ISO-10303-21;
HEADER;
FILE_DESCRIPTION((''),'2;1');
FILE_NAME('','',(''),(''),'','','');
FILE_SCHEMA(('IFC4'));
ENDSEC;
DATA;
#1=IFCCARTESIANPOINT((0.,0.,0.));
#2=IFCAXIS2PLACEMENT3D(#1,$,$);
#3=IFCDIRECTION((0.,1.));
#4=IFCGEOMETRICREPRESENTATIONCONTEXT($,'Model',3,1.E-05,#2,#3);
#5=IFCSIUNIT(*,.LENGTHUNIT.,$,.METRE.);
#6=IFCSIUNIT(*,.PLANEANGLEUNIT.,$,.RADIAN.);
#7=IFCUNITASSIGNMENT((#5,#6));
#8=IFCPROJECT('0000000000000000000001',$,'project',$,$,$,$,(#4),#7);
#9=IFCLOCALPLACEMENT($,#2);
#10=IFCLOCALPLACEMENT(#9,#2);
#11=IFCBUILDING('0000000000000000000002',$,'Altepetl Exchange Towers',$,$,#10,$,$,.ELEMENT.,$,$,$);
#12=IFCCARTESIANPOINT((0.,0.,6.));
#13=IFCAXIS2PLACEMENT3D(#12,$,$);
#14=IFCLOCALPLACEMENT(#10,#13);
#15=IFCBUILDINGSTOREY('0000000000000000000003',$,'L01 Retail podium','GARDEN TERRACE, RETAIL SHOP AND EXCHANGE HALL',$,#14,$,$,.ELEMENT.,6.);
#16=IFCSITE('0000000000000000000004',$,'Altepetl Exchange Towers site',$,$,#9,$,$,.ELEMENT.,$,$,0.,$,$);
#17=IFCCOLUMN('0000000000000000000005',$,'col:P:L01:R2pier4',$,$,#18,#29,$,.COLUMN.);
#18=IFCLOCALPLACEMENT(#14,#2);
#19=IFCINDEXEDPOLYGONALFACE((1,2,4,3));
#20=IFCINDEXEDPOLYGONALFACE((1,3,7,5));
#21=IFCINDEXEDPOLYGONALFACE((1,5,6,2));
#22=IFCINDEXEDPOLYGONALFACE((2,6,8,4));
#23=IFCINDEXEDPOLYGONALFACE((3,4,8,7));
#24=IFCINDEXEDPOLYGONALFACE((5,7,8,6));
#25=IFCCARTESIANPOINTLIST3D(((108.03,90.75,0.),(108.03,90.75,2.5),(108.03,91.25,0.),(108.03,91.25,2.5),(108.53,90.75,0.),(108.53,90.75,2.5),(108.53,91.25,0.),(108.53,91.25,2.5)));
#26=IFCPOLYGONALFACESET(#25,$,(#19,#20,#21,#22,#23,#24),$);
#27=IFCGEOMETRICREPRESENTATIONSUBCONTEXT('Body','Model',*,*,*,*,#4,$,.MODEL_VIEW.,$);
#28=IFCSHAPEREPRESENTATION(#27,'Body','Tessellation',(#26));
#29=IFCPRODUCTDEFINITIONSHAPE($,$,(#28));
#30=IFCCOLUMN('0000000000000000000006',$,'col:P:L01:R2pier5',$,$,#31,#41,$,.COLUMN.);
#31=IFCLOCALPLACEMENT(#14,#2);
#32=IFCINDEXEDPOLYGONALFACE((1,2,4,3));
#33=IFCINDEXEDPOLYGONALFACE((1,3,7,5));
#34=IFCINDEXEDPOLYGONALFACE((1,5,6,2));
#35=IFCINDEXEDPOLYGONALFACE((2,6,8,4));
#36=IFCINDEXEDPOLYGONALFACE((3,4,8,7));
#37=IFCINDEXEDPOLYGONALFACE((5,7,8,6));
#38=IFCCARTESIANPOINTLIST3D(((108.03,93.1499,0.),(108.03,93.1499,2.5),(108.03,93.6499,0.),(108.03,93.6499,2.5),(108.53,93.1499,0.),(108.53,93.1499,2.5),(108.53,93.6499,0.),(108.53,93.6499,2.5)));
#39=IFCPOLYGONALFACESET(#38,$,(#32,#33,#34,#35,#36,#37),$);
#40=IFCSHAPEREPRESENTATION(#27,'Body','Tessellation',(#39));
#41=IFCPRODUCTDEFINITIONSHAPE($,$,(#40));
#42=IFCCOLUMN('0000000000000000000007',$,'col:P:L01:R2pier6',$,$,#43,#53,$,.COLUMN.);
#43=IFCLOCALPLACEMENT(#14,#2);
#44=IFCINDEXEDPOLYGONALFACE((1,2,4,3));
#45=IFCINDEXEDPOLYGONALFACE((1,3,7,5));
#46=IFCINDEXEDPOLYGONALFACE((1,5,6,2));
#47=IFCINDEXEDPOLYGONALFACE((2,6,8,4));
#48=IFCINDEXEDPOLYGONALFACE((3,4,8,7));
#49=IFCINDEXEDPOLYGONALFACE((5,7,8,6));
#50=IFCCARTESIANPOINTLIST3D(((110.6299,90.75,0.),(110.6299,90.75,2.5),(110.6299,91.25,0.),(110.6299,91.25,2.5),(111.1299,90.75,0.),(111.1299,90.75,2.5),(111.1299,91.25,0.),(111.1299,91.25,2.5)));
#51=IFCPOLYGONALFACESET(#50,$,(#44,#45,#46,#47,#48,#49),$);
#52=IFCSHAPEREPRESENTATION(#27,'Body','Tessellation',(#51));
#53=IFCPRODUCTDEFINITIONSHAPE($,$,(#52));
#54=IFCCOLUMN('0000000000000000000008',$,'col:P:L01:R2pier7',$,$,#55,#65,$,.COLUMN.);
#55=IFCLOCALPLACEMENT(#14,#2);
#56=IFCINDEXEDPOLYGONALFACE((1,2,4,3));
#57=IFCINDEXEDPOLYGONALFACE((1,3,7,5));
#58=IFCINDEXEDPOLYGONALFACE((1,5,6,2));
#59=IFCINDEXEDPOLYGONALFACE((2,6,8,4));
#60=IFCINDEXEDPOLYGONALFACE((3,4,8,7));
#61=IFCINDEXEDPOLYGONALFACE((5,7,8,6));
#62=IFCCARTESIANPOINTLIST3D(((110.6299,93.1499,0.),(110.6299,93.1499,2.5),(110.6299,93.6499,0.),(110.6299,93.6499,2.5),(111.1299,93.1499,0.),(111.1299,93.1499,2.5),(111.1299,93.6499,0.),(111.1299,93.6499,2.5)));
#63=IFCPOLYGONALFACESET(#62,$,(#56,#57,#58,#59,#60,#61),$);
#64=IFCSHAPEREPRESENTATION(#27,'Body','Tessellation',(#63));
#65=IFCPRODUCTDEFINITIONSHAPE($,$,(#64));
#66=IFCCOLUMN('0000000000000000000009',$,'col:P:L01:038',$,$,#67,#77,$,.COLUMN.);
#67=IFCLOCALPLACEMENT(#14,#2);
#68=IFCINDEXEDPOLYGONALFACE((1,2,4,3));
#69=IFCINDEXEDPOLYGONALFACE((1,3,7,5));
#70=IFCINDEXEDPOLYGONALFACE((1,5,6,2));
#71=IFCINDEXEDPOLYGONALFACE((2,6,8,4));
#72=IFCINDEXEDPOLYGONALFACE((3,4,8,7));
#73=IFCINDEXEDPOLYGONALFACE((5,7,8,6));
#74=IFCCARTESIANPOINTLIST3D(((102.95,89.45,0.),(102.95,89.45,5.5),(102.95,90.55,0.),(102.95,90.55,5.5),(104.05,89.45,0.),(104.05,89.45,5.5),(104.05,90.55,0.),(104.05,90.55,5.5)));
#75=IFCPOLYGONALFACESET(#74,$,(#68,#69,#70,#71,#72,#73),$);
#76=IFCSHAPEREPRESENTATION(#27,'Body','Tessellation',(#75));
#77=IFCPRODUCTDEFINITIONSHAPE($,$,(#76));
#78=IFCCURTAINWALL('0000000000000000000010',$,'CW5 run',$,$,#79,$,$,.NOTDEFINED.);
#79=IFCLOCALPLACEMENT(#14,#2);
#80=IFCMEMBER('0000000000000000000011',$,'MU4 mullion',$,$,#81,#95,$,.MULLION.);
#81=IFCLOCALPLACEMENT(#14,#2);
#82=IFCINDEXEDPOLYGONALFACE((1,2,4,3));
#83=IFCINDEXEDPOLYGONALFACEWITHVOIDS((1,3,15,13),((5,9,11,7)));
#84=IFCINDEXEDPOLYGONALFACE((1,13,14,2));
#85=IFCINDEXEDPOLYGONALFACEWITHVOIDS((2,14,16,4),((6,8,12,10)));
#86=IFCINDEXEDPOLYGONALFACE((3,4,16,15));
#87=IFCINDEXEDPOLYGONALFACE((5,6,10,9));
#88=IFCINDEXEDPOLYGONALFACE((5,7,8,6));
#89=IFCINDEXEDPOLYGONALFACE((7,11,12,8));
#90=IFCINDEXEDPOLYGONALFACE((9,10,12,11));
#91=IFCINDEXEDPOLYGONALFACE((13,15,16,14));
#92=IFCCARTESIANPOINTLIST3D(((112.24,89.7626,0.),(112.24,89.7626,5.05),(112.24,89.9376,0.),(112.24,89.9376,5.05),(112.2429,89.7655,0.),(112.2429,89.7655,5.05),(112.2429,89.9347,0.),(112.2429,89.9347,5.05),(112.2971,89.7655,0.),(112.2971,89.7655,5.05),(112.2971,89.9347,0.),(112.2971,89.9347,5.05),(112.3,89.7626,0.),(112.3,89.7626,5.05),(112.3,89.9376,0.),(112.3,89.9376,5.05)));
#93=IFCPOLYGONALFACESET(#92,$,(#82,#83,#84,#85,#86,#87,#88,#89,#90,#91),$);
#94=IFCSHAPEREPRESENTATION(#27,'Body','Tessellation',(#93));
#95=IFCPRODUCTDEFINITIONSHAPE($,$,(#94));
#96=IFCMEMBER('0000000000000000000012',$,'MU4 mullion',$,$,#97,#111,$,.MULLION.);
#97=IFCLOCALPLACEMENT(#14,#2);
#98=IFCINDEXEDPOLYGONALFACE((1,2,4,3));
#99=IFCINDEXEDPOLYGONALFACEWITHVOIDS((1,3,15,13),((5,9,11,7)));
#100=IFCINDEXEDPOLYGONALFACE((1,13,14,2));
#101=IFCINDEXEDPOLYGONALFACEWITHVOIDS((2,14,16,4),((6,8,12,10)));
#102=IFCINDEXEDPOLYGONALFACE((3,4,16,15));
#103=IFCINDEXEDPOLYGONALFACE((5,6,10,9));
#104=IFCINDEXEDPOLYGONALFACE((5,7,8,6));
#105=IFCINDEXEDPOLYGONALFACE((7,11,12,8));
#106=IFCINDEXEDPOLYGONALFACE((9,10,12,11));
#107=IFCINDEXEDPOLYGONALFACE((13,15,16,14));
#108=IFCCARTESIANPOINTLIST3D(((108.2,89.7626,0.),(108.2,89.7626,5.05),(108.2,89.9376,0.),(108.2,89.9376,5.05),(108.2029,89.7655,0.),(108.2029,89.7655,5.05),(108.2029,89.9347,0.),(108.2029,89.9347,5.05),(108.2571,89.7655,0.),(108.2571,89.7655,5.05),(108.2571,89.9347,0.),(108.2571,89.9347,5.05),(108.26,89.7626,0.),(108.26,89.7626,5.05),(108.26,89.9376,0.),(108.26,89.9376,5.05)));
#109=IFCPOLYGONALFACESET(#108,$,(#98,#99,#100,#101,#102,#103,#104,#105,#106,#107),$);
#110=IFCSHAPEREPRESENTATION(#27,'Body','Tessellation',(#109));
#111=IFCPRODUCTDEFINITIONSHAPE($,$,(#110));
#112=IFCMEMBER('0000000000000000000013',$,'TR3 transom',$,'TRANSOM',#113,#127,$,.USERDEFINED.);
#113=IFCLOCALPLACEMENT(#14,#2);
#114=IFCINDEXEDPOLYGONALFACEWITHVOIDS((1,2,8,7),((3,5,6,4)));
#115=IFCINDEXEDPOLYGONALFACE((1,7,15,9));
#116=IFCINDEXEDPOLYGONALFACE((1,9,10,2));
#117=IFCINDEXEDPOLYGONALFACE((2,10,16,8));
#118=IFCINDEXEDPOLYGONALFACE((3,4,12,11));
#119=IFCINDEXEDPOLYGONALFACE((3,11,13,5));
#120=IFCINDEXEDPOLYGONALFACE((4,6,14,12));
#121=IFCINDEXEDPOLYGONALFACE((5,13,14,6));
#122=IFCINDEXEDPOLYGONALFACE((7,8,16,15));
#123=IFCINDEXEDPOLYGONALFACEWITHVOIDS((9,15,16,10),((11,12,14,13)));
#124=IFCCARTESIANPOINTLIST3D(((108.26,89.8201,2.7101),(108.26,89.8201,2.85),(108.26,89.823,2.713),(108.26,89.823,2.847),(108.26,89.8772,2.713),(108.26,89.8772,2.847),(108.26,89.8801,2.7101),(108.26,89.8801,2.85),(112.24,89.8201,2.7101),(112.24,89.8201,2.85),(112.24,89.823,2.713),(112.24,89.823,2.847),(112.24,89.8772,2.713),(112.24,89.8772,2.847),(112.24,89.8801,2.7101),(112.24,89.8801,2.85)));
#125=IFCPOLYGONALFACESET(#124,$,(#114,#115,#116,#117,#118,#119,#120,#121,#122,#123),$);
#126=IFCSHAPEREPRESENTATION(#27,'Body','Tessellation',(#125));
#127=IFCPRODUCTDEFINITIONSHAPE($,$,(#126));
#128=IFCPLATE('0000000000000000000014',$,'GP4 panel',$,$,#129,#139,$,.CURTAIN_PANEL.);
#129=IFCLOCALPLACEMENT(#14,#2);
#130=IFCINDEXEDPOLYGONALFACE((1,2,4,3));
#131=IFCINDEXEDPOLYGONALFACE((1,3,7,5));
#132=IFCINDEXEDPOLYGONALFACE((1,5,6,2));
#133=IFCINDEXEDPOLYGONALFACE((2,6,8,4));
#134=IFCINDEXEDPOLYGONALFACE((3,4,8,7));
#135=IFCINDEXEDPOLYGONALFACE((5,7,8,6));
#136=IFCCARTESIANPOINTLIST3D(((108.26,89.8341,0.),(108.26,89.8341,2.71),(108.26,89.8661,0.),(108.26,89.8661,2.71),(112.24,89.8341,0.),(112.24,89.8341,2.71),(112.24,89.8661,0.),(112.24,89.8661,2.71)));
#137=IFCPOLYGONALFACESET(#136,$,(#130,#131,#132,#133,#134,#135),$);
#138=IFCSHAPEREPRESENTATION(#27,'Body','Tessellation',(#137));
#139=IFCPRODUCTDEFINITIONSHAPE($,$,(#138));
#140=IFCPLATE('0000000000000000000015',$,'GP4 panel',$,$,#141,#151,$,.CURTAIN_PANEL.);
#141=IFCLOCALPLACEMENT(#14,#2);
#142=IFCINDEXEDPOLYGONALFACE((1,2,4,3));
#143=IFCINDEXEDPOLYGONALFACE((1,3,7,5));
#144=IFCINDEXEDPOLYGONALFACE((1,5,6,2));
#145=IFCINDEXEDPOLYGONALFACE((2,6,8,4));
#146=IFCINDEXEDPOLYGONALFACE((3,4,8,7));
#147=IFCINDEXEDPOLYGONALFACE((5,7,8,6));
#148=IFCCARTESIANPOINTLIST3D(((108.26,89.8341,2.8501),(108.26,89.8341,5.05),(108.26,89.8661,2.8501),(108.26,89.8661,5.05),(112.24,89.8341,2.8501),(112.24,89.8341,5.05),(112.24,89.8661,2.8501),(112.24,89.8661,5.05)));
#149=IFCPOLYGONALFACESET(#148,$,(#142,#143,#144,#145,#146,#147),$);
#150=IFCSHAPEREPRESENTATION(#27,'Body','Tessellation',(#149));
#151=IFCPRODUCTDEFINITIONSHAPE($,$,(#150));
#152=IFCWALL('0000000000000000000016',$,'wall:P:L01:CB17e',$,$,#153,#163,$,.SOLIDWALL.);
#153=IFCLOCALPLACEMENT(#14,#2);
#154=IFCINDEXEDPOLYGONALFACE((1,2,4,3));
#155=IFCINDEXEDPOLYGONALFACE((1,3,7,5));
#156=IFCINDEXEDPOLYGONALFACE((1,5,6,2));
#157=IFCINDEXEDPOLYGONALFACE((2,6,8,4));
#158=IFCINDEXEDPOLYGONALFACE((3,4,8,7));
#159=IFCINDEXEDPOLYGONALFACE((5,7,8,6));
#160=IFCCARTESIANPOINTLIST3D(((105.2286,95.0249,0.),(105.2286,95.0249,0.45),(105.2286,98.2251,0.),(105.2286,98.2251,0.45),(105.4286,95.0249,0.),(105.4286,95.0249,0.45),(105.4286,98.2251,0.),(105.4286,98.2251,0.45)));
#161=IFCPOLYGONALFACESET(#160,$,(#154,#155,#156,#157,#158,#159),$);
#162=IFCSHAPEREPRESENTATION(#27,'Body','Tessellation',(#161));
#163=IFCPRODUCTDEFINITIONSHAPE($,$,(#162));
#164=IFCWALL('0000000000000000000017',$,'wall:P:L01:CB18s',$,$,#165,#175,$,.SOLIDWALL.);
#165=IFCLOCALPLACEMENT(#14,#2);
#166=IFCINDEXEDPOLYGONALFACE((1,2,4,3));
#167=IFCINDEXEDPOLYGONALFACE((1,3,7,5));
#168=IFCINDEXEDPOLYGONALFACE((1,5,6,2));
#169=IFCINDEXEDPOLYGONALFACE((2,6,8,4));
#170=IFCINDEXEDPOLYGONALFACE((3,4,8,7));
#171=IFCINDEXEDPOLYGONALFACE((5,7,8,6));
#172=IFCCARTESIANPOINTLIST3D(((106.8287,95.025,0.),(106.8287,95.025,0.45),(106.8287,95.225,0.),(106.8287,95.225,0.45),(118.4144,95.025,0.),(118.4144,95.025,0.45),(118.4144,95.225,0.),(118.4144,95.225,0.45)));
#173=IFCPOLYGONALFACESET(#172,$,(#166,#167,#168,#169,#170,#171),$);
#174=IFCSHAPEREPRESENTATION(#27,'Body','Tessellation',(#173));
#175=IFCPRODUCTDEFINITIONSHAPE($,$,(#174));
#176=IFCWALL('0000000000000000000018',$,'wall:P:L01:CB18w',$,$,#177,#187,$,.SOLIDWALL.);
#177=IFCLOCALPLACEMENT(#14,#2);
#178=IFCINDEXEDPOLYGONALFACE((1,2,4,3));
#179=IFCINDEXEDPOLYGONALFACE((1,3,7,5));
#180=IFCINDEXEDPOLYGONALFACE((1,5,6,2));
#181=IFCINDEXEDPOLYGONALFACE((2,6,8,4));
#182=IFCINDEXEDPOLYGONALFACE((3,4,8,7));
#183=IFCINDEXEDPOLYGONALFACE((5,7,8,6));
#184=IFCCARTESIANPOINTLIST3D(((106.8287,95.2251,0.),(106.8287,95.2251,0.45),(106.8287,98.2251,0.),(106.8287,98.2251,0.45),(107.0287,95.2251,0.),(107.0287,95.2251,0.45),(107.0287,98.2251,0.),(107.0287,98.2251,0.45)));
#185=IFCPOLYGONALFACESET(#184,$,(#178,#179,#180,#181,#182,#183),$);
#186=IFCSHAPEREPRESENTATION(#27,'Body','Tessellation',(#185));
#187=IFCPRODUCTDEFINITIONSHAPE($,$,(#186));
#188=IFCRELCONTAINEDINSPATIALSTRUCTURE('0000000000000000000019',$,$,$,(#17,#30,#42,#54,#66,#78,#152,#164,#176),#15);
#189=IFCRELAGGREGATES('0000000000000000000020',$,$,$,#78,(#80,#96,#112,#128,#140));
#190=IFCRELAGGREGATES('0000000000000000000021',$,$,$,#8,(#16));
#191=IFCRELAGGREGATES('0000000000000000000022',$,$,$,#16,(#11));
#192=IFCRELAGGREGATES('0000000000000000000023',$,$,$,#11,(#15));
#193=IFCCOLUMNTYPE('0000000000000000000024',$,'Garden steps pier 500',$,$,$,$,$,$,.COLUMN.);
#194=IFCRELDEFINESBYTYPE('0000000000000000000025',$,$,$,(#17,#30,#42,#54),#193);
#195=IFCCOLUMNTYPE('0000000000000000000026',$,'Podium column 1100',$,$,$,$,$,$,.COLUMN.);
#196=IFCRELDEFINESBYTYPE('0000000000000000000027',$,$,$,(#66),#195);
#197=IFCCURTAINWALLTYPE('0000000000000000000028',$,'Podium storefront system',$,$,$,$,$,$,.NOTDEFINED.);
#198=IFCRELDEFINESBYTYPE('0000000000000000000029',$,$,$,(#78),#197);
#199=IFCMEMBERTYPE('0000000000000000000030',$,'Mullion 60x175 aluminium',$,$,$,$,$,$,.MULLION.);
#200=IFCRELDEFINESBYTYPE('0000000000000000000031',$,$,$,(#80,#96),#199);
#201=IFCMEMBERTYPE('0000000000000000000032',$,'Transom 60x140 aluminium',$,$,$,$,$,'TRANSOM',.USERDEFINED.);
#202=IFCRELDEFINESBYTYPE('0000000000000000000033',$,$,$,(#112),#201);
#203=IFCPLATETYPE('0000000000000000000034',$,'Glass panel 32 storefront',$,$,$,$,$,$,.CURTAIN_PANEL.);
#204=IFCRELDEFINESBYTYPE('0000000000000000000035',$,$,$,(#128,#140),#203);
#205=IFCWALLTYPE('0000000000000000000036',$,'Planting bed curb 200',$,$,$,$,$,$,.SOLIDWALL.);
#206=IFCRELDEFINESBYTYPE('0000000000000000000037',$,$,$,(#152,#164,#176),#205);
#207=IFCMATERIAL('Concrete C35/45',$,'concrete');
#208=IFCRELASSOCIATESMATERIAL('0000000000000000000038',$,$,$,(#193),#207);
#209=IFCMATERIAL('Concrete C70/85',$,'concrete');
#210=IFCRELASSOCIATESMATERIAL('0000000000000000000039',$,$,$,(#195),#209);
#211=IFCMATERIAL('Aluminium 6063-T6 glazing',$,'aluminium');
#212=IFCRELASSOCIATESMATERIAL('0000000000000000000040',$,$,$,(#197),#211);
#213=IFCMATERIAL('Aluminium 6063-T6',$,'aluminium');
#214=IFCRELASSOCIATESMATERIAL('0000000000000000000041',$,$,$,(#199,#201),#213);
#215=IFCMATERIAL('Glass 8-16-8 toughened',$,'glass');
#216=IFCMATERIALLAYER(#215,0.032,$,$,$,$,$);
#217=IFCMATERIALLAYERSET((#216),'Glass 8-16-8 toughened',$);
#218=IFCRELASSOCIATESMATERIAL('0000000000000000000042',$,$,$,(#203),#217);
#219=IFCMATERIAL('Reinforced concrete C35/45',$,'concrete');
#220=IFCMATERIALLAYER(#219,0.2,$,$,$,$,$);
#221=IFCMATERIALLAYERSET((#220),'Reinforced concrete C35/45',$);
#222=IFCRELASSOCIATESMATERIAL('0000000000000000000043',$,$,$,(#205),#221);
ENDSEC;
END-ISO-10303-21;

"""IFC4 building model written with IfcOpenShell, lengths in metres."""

from ifc_helpers import new_model, si_unit, direction, frame, frame_2d, origin, origin_2d, place, context, subcontext, project, spatial, rectangle, hollow_rectangle, extrude, material, layer, layer_set, material_profile, profile_set, type_object, element, aggregate, save


model = new_model("IFC4")

# Units and contexts
model_context = context("Model", 3, precision=1e-05, world=origin(), true_north=direction((0.0, 1.0)))
body_context = subcontext(model_context, "Body", "Model", "MODEL_VIEW")
ifc_project = project(units=[si_unit("LENGTHUNIT", "METRE"), si_unit("PLANEANGLEUNIT", "RADIAN")], contexts=[model_context])

# Site, building, storey
site_placement = place(None, origin())
site = spatial("IfcSite", under=ifc_project, at=site_placement, Name="Altepetl Exchange Towers site", CompositionType="ELEMENT", RefElevation=0.0)
building_placement = place(site_placement, origin())
building = spatial("IfcBuilding", under=site, at=building_placement, Name="Altepetl Exchange Towers", CompositionType="ELEMENT")
storey_placement = place(building_placement, frame((0.0, 0.0, 6.0)))
storey = spatial("IfcBuildingStorey", under=building, at=storey_placement, Name="L01 Retail podium", Description="GARDEN TERRACE, RETAIL SHOP AND EXCHANGE HALL", CompositionType="ELEMENT", Elevation=6.0)

# Columns
ifc_material_1 = material(Name="Concrete C35/45", Category="concrete")
ifc_material_profile_1 = material_profile(ifc_material_1, rectangle(XDim=0.5, YDim=0.5, at=origin_2d()), Name="500 x 500")
ifc_profile_set_1 = profile_set([ifc_material_profile_1], Name="Concrete C35/45")
column_type_1 = type_object("IfcColumnType", Name="Garden steps pier 500", PredefinedType="COLUMN", material=ifc_profile_set_1)
for number, where, name in (
    (1, (108.28, 91.0, 0.0), "col:P:L01:R2pier4"),
    (2, (108.28, 93.3999, 0.0), "col:P:L01:R2pier5"),
    (3, (110.8799, 91.0, 0.0), "col:P:L01:R2pier6"),
    (4, (110.8799, 93.3999, 0.0), "col:P:L01:R2pier7"),
):
    element("IfcColumn", number, at=place(storey_placement, frame(where)), inside=storey, type_object=column_type_1, Name=name, PredefinedType="COLUMN", context=body_context, shape_type="SweptSolid", body=[
        extrude(rectangle(XDim=0.5, YDim=0.5, at=origin_2d()), origin(), (0.0, 0.0, 1.0), 2.5),
    ])
ifc_material_2 = material(Name="Concrete C70/85", Category="concrete")
ifc_material_profile_2 = material_profile(ifc_material_2, rectangle(XDim=1.1001, YDim=1.1001, at=origin_2d()), Name="1100 x 1100")
ifc_profile_set_2 = profile_set([ifc_material_profile_2], Name="Concrete C70/85")
column_type_2 = type_object("IfcColumnType", Name="Podium column 1100", PredefinedType="COLUMN", material=ifc_profile_set_2)
column_placement = place(storey_placement, frame((103.5, 90.0, 0.0)))
element("IfcColumn", 5, at=column_placement, inside=storey, type_object=column_type_2, Name="col:P:L01:038", PredefinedType="COLUMN", context=body_context, shape_type="SweptSolid", body=[
    extrude(rectangle(XDim=1.1001, YDim=1.1001, at=origin_2d()), origin(), (0.0, 0.0, 1.0), 5.5),
])

# Curtain wall, members, plates
ifc_material_3 = material(Name="Aluminium 6063-T6 glazing", Category="aluminium")
curtain_wall_type = type_object("IfcCurtainWallType", Name="Podium storefront system", PredefinedType="NOTDEFINED", material=ifc_material_3)
curtain_wall_placement = place(storey_placement, origin())
curtain_wall = element("IfcCurtainWall", 6, at=curtain_wall_placement, inside=storey, type_object=curtain_wall_type, Name="CW5 run", PredefinedType="NOTDEFINED")
ifc_material_4 = material(Name="Aluminium 6063-T6", Category="aluminium")
ifc_material_profile_3 = material_profile(ifc_material_4, hollow_rectangle(XDim=0.0601, YDim=0.175, WallThickness=0.0029, at=origin_2d()), Name="Mullion 60x175 aluminium")
ifc_profile_set_3 = profile_set([ifc_material_profile_3], Name="Aluminium 6063-T6")
member_type_1 = type_object("IfcMemberType", Name="Mullion 60x175 aluminium", PredefinedType="MULLION", material=ifc_profile_set_3)
member_1_placement = place(storey_placement, frame((112.27, 89.8501, 0.0), z_axis=(0.0, 0.0, 1.0), x_axis=(-1.0, 0.0, 0.0)))
member_1 = element("IfcMember", 7, at=member_1_placement, type_object=member_type_1, Name="MU4 mullion", PredefinedType="MULLION", context=body_context, shape_type="SweptSolid", body=[
    extrude(hollow_rectangle(XDim=0.0601, YDim=0.175, WallThickness=0.0029, at=origin_2d()), origin(), (0.0, 0.0, 1.0), 5.05),
])
member_2_placement = place(storey_placement, frame((108.23, 89.8501, 0.0), z_axis=(0.0, 0.0, 1.0), x_axis=(-1.0, 0.0, 0.0)))
member_2 = element("IfcMember", 8, at=member_2_placement, type_object=member_type_1, Name="MU4 mullion", PredefinedType="MULLION", context=body_context, shape_type="SweptSolid", body=[
    extrude(hollow_rectangle(XDim=0.0601, YDim=0.175, WallThickness=0.0029, at=origin_2d()), origin(), (0.0, 0.0, 1.0), 5.05),
])
ifc_material_profile_4 = material_profile(ifc_material_4, hollow_rectangle(XDim=0.0601, YDim=0.1399, WallThickness=0.0029, at=origin_2d()), Name="Transom 60x140 aluminium")
ifc_profile_set_4 = profile_set([ifc_material_profile_4], Name="Aluminium 6063-T6")
member_type_2 = type_object("IfcMemberType", Name="Transom 60x140 aluminium", ElementType="TRANSOM", PredefinedType="USERDEFINED", material=ifc_profile_set_4)
member_3_placement = place(storey_placement, frame((112.24, 89.8501, 2.78), z_axis=(-1.0, 0.0, 0.0), x_axis=(0.0, -1.0, 0.0)))
member_3 = element("IfcMember", 9, at=member_3_placement, type_object=member_type_2, Name="TR3 transom", ObjectType="TRANSOM", PredefinedType="USERDEFINED", context=body_context, shape_type="SweptSolid", body=[
    extrude(hollow_rectangle(XDim=0.0601, YDim=0.1399, WallThickness=0.0029, at=origin_2d()), origin(), (0.0, 0.0, 1.0), 3.98),
])
ifc_material_5 = material(Name="Glass 8-16-8 toughened", Category="glass")
ifc_layer_1 = layer(ifc_material_5, 0.032)
ifc_layer_set_1 = layer_set([ifc_layer_1], Name="Glass 8-16-8 toughened")
plate_type = type_object("IfcPlateType", Name="Glass panel 32 storefront", PredefinedType="CURTAIN_PANEL", material=ifc_layer_set_1)
plate_1_placement = place(storey_placement, frame((110.25, 89.8501, 0.0), z_axis=(0.0, 0.0, 1.0), x_axis=(-1.0, 0.0, 0.0)))
plate_1 = element("IfcPlate", 10, at=plate_1_placement, type_object=plate_type, Name="GP4 panel", PredefinedType="CURTAIN_PANEL", context=body_context, shape_type="SweptSolid", body=[
    extrude(rectangle(XDim=3.98, YDim=0.032, at=origin_2d()), origin(), (0.0, 0.0, 1.0), 2.71),
])
plate_2_placement = place(storey_placement, frame((110.25, 89.8501, 2.8501), z_axis=(0.0, 0.0, 1.0), x_axis=(-1.0, 0.0, 0.0)))
plate_2 = element("IfcPlate", 11, at=plate_2_placement, type_object=plate_type, Name="GP4 panel", PredefinedType="CURTAIN_PANEL", context=body_context, shape_type="SweptSolid", body=[
    extrude(rectangle(XDim=3.98, YDim=0.032, at=origin_2d()), origin(), (0.0, 0.0, 1.0), 2.2),
])
aggregate(curtain_wall, [member_1, member_2, member_3, plate_1, plate_2])

# Walls
ifc_material_6 = material(Name="Reinforced concrete C35/45", Category="concrete")
ifc_layer_2 = layer(ifc_material_6, 0.2)
ifc_layer_set_2 = layer_set([ifc_layer_2], Name="Reinforced concrete C35/45")
wall_type_1 = type_object("IfcWallType", Name="Planting bed curb 200", PredefinedType="SOLIDWALL", material=ifc_layer_set_2)
wall_1_placement = place(storey_placement, frame((105.3286, 95.0249, 0.0), z_axis=(0.0, 0.0, 1.0), x_axis=(0.0, 1.0, 0.0)))
element("IfcWall", 12, at=wall_1_placement, inside=storey, type_object=wall_type_1, Name="wall:P:L01:CB17e", PredefinedType="SOLIDWALL", context=body_context, shape_type="SweptSolid", body=[
    extrude(rectangle(XDim=3.2002, YDim=0.2, at=frame_2d((1.6001, 0.0))), origin(), (0.0, 0.0, 1.0), 0.45),
])
wall_2_placement = place(storey_placement, frame((106.8286, 95.125, 0.0)))
element("IfcWall", 13, at=wall_2_placement, inside=storey, type_object=wall_type_1, Name="wall:P:L01:CB18s", PredefinedType="SOLIDWALL", context=body_context, shape_type="SweptSolid", body=[
    extrude(rectangle(XDim=11.5857, YDim=0.2, at=frame_2d((5.793, 0.0))), origin(), (0.0, 0.0, 1.0), 0.45),
])
wall_3_placement = place(storey_placement, frame((106.9287, 95.2251, 0.0), z_axis=(0.0, 0.0, 1.0), x_axis=(0.0, 1.0, 0.0)))
element("IfcWall", 14, at=wall_3_placement, inside=storey, type_object=wall_type_1, Name="wall:P:L01:CB18w", PredefinedType="SOLIDWALL", context=body_context, shape_type="SweptSolid", body=[
    extrude(rectangle(XDim=3.0, YDim=0.2, at=frame_2d((1.5, 0.0))), origin(), (0.0, 0.0, 1.0), 0.45),
])

save(model, "model.ifc")
